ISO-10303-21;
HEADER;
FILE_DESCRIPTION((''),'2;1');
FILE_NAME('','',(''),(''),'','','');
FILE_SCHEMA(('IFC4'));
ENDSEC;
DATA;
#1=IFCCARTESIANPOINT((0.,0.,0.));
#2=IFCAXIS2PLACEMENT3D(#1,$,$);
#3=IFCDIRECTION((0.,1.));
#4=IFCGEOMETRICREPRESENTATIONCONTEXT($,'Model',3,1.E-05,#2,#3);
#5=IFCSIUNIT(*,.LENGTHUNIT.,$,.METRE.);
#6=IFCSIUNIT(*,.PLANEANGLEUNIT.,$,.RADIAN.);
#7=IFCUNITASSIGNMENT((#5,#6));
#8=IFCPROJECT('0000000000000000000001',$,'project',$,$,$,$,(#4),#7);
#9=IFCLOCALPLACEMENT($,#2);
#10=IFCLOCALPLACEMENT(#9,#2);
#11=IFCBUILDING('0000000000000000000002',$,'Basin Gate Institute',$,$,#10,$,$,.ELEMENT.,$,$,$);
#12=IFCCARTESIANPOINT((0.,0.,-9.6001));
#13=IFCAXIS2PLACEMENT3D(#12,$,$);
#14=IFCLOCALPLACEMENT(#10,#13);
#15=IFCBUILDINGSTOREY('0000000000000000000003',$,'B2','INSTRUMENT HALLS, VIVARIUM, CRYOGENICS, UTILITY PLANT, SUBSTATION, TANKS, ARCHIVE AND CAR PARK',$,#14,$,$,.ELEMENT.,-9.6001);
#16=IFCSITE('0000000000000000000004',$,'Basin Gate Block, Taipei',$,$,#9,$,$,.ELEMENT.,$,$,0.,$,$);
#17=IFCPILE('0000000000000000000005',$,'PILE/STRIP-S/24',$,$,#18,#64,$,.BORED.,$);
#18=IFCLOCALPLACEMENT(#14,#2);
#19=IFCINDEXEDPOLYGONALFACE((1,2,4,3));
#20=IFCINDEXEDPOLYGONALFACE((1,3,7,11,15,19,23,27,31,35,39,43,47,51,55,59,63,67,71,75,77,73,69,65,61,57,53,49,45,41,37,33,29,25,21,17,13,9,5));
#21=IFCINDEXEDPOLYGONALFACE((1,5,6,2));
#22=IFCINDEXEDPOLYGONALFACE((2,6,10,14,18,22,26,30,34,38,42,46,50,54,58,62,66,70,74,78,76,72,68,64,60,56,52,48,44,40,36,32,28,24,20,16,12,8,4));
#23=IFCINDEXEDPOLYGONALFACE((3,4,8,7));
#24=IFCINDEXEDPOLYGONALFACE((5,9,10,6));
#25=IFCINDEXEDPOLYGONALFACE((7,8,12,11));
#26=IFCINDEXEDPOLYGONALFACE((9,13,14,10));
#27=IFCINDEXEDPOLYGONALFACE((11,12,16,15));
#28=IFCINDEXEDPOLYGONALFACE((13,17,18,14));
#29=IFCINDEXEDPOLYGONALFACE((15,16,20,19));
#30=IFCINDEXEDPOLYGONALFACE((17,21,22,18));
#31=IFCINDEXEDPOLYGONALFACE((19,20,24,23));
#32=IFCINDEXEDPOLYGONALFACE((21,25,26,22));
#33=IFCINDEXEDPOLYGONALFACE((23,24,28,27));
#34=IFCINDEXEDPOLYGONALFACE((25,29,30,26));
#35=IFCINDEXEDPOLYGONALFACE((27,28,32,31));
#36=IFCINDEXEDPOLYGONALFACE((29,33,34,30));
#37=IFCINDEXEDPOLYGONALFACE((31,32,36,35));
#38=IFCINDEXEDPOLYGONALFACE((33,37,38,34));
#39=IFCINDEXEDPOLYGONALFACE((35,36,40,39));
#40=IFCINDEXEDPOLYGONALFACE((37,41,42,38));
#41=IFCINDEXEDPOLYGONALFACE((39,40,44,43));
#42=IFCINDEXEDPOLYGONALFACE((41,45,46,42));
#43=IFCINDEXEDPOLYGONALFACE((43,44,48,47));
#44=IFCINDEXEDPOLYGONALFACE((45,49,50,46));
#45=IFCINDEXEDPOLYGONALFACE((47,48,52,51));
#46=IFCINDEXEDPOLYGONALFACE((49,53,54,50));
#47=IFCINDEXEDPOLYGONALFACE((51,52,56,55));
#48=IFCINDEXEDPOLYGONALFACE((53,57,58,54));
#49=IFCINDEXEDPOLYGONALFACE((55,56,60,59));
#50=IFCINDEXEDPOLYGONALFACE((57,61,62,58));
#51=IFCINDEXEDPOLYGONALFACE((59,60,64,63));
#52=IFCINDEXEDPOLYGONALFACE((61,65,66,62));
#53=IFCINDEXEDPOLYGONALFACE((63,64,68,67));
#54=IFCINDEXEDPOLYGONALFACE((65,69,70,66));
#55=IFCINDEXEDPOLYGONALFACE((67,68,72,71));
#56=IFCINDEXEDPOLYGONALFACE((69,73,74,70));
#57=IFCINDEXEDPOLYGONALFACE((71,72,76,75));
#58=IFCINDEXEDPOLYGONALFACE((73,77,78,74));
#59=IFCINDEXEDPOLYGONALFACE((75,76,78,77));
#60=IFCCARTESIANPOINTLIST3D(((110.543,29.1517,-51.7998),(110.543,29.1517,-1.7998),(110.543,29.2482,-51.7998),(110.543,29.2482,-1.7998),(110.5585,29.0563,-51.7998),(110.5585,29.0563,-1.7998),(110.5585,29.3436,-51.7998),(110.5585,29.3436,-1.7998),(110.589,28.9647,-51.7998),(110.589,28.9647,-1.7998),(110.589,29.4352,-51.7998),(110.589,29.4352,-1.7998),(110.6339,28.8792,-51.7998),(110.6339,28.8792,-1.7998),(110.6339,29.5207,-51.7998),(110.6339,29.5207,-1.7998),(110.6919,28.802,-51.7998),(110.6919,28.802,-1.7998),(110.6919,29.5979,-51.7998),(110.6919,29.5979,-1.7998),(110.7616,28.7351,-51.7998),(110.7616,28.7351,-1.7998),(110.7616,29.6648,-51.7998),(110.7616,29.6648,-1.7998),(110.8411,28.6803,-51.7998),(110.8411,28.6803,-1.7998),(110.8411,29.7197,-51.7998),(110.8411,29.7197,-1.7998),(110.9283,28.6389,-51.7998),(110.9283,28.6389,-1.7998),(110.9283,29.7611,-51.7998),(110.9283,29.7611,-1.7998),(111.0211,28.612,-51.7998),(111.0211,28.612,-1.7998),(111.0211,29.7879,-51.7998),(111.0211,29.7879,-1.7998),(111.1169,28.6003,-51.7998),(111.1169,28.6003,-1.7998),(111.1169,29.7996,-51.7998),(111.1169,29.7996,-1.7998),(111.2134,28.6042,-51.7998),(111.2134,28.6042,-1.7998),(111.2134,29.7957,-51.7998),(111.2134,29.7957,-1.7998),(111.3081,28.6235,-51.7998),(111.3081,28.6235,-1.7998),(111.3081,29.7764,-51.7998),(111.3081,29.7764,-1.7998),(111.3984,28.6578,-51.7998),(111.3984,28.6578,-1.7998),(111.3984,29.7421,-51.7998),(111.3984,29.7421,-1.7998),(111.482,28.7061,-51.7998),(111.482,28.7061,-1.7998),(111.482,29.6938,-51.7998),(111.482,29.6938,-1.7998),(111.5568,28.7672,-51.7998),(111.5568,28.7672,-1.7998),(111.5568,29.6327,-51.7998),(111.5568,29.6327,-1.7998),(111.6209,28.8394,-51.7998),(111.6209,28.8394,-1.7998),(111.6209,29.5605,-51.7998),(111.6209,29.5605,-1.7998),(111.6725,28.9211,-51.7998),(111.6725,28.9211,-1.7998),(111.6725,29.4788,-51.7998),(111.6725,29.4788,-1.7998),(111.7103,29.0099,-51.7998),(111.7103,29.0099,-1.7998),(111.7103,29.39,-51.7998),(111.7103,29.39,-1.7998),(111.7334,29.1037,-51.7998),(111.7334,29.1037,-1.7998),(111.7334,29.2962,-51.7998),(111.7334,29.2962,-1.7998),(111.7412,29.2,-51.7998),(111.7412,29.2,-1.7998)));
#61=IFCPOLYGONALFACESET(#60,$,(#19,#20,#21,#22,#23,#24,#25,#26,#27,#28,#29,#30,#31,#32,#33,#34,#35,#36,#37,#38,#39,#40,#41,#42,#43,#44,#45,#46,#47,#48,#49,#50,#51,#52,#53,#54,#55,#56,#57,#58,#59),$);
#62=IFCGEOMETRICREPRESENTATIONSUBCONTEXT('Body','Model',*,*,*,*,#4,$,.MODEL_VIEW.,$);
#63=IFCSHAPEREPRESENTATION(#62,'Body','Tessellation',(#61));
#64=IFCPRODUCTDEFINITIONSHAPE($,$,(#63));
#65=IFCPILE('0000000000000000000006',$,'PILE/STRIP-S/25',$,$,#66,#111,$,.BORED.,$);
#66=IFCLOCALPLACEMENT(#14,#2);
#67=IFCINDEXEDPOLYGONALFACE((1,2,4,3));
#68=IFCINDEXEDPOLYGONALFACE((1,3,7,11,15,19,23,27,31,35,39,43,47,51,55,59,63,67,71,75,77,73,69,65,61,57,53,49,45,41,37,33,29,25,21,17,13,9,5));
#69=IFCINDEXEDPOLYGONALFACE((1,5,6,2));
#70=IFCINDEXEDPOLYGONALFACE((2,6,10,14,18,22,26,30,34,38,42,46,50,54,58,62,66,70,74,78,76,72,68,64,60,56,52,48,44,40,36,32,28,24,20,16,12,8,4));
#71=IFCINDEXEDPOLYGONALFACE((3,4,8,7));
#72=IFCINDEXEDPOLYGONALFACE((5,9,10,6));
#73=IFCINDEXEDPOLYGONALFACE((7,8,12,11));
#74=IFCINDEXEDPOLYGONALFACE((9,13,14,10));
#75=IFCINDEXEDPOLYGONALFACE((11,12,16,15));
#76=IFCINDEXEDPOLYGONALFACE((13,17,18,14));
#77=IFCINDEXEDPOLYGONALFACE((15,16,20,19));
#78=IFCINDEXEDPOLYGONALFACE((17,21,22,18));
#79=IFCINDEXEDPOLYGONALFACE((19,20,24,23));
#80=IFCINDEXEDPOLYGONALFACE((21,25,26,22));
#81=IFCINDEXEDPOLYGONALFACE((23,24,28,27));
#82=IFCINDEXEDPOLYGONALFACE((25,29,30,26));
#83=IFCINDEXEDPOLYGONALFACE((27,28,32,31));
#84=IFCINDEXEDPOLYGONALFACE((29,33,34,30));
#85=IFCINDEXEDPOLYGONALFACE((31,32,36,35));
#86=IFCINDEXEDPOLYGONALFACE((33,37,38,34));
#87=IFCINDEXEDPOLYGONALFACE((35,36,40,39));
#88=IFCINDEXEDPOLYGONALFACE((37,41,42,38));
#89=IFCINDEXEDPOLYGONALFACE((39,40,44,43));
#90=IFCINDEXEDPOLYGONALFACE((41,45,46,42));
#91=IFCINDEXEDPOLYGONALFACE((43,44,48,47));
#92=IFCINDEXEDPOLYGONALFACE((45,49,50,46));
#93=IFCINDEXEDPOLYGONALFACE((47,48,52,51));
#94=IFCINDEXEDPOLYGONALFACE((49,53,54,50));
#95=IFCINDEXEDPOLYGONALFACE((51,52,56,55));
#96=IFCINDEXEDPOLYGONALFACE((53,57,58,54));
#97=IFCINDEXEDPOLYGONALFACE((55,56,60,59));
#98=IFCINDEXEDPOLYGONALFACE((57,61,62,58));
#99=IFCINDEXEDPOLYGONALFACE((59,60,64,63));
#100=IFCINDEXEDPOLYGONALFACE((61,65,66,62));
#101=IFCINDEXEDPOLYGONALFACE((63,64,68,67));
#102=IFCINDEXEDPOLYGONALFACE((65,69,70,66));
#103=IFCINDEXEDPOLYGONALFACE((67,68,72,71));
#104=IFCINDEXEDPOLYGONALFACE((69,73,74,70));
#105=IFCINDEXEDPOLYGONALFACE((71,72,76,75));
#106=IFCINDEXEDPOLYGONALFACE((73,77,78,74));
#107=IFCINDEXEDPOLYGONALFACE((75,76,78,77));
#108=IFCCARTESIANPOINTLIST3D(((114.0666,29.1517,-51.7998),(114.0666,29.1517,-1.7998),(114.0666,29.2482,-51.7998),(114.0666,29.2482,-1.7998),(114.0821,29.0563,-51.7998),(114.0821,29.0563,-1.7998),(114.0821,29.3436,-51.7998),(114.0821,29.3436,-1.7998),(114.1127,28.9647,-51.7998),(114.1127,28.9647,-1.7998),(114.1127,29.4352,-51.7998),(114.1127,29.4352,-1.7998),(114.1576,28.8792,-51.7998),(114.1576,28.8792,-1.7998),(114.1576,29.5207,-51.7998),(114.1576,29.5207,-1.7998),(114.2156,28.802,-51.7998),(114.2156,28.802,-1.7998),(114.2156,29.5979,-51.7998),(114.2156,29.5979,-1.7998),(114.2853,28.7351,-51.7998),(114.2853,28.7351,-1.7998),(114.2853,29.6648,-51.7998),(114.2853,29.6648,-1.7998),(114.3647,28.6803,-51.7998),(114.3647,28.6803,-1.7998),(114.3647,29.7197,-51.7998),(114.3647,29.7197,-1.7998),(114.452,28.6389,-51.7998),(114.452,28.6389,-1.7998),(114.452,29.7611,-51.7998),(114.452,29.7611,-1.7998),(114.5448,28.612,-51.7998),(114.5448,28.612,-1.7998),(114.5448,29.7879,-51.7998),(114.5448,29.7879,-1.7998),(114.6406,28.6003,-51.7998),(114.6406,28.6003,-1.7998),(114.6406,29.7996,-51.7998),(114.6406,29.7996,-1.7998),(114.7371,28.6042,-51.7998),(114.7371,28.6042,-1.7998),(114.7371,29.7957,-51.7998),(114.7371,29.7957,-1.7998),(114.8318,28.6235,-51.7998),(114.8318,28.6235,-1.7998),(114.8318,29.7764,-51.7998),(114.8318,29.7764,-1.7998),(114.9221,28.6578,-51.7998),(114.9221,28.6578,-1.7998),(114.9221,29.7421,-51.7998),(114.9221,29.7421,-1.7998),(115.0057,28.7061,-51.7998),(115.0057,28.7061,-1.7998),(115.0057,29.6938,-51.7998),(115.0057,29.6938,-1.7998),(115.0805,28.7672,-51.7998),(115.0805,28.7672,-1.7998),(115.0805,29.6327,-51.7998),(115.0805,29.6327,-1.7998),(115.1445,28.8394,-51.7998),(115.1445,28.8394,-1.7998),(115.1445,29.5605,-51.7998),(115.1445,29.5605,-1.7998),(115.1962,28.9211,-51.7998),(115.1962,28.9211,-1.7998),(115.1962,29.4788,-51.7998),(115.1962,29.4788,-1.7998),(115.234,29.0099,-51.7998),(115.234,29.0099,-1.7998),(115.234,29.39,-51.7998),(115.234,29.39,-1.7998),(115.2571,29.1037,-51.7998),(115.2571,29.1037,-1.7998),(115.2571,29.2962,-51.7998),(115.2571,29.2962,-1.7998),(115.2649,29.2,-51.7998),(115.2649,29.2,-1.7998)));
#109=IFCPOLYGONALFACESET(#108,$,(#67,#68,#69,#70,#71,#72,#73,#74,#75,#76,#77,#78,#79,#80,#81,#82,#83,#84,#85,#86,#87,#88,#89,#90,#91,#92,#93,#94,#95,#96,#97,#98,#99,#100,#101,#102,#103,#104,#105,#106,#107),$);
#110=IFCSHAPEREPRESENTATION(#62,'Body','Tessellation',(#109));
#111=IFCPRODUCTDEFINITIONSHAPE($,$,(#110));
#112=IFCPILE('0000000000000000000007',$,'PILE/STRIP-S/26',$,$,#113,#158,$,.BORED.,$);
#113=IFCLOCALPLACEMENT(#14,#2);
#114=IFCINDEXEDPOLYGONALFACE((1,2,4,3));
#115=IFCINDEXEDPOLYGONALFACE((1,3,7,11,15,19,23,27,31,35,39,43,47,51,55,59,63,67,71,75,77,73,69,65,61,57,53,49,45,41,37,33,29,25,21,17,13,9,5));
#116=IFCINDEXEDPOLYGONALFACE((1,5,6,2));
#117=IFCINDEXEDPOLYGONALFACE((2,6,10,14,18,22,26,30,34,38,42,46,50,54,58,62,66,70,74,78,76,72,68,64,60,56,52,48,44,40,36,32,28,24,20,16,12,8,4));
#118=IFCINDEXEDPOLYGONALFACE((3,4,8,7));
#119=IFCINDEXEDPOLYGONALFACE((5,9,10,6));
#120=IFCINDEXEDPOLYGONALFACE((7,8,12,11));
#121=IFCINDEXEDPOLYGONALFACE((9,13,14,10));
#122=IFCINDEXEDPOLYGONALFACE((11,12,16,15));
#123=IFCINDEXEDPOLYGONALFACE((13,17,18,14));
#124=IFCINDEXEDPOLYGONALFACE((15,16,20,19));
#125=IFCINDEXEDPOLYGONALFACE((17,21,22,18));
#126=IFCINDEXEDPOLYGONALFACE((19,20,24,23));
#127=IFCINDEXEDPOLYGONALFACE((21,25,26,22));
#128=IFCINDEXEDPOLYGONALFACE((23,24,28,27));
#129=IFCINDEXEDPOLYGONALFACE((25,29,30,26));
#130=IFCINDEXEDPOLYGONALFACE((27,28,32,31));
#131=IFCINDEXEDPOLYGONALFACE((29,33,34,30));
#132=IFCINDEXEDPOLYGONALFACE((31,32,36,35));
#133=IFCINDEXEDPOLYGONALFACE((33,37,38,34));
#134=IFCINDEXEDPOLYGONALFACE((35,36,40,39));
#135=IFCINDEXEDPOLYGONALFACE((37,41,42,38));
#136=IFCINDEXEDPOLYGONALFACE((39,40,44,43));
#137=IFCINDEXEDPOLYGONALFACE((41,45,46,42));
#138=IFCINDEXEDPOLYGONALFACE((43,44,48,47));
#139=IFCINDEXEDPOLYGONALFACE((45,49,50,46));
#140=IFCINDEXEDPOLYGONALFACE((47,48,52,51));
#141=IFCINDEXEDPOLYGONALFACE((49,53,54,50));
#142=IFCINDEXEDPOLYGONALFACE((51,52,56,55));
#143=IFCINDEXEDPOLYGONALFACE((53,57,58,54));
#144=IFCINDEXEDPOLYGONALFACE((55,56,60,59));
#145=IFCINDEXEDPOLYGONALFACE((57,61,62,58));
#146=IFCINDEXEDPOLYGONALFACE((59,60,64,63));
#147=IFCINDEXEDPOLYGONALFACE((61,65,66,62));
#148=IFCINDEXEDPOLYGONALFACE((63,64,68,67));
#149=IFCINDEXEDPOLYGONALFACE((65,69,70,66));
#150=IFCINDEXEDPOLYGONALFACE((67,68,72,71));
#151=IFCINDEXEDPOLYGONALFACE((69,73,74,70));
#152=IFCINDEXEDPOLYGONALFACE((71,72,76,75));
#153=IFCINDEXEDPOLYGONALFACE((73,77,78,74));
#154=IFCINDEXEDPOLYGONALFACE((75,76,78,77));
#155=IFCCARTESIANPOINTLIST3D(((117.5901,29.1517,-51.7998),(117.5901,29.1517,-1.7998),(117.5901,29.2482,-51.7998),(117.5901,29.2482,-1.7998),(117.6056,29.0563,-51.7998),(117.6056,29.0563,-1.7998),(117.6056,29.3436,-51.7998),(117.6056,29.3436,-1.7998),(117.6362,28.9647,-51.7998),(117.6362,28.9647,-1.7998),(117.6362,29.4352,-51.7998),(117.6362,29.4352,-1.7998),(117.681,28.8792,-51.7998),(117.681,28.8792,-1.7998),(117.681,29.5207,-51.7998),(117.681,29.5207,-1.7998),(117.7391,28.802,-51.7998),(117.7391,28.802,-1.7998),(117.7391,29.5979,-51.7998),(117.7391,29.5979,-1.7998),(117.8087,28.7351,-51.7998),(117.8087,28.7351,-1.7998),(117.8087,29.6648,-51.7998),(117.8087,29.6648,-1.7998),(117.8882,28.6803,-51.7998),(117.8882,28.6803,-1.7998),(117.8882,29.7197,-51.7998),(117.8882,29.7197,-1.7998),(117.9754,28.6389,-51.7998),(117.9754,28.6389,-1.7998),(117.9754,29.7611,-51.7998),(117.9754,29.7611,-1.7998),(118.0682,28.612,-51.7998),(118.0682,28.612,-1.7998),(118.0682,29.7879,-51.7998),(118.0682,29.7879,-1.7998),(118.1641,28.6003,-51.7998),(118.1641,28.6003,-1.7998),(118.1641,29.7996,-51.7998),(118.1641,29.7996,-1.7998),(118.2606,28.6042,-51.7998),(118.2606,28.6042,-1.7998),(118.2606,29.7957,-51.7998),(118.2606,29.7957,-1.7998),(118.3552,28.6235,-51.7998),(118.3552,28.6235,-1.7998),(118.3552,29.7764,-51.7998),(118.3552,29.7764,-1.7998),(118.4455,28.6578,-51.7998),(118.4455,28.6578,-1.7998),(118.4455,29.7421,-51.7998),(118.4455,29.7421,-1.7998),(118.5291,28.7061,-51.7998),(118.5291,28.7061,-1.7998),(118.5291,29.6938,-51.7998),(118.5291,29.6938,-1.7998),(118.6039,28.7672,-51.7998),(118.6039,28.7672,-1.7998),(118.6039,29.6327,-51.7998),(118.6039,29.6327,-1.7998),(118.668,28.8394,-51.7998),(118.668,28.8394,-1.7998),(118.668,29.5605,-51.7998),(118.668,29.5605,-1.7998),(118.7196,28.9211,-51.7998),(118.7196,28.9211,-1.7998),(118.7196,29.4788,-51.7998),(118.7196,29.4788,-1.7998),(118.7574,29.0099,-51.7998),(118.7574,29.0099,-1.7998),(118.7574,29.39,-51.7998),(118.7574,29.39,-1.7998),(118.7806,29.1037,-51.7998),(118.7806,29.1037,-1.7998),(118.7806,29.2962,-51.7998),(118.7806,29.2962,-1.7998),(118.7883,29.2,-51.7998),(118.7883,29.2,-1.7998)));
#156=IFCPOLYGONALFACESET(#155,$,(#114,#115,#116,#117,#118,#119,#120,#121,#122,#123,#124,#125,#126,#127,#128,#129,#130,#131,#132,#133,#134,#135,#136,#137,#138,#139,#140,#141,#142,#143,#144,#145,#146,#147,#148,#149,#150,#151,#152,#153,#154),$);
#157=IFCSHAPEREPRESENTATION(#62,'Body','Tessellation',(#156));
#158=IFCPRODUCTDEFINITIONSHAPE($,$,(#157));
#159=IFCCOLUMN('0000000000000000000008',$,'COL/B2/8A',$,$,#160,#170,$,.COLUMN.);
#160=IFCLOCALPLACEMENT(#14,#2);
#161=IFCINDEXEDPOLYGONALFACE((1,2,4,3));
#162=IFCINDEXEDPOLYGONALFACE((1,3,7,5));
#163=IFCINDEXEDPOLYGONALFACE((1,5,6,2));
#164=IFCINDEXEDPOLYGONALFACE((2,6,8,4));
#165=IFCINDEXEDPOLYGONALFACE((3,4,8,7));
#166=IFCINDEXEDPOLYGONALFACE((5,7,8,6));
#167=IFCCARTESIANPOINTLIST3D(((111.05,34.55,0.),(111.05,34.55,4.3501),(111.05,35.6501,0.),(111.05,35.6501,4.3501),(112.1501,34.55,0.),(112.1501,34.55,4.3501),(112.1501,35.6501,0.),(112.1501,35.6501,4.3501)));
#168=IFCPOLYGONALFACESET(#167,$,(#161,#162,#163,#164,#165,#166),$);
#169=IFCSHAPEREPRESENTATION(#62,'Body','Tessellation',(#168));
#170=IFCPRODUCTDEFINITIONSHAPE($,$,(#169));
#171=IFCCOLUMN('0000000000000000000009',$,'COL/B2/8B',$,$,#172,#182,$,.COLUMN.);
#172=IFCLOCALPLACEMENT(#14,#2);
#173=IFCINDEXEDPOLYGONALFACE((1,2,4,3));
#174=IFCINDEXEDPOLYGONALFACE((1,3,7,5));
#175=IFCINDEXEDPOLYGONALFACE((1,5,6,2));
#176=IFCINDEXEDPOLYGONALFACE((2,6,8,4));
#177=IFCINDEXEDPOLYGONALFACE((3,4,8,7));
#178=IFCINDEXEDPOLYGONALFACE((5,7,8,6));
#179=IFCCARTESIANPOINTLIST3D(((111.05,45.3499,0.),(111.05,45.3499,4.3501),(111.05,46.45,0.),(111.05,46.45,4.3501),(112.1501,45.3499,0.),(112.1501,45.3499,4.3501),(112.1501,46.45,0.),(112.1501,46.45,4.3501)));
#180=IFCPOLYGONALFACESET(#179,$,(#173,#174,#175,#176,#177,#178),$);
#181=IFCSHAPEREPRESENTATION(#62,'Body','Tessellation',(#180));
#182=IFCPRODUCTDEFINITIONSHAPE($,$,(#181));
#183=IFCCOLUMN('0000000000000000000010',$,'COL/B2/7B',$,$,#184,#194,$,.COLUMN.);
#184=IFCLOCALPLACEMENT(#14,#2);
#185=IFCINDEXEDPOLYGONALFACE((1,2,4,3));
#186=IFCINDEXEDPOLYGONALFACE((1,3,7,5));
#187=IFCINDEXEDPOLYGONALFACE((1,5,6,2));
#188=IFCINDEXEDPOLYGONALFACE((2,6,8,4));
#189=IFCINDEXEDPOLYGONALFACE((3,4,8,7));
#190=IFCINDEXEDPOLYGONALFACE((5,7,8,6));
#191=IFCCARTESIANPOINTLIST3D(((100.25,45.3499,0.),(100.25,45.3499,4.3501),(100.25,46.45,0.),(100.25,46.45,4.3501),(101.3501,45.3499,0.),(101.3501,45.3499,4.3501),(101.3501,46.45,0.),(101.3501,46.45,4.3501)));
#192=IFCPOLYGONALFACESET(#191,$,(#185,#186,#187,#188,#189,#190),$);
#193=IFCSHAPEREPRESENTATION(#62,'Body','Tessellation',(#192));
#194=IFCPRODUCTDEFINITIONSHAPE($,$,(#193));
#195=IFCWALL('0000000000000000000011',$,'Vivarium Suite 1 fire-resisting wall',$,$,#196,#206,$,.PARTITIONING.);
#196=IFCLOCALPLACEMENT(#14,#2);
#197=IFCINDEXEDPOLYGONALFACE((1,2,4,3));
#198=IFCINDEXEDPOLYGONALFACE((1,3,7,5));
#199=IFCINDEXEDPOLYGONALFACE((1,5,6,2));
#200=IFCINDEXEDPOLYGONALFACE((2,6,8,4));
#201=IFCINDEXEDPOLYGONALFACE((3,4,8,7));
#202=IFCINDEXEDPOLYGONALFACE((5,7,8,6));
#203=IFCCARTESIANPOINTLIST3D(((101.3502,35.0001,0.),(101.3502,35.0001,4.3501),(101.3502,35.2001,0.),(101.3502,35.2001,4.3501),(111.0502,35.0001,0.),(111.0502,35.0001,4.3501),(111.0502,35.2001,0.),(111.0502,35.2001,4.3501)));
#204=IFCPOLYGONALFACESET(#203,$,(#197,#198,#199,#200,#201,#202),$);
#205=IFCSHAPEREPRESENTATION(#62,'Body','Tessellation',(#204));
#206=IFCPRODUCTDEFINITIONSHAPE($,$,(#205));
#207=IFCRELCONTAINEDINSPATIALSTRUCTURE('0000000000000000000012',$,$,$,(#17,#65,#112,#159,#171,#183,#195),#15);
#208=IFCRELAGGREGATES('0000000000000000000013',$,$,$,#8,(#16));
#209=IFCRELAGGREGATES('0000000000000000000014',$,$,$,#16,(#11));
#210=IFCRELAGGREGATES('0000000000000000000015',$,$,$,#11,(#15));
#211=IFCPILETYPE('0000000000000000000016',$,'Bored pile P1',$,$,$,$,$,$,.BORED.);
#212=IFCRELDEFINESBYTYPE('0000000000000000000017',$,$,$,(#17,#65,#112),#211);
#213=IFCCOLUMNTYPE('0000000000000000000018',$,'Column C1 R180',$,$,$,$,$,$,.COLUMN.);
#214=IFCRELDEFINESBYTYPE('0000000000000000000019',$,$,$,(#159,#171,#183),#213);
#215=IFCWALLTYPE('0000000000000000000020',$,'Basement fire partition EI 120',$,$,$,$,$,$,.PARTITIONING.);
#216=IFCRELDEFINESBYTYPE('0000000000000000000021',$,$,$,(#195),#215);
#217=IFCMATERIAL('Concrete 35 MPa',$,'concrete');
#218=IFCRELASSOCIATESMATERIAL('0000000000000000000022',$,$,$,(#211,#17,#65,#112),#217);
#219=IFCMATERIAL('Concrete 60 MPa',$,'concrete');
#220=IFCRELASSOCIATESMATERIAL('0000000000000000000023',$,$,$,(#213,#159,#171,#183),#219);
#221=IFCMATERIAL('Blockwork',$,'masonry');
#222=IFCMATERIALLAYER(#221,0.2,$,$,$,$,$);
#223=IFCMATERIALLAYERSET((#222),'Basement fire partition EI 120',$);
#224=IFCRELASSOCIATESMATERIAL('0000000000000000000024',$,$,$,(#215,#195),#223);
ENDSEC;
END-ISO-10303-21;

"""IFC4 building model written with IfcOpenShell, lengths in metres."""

from ifc_helpers import new_model, si_unit, direction, frame, frame_2d, origin, origin_2d, place, context, subcontext, project, spatial, rectangle, circle, extrude, material, layer, layer_set, material_profile, profile_set, type_object, element, save


model = new_model("IFC4")

# Units and contexts
model_context = context("Model", 3, precision=1e-05, world=origin(), true_north=direction((0.0, 1.0)))
body_context = subcontext(model_context, "Body", "Model", "MODEL_VIEW")
ifc_project = project(units=[si_unit("LENGTHUNIT", "METRE"), si_unit("PLANEANGLEUNIT", "RADIAN")], contexts=[model_context])

# Site, building, storey
site_placement = place(None, origin())
site = spatial("IfcSite", under=ifc_project, at=site_placement, Name="Basin Gate Block, Taipei", CompositionType="ELEMENT", RefElevation=0.0)
building_placement = place(site_placement, origin())
building = spatial("IfcBuilding", under=site, at=building_placement, Name="Basin Gate Institute", CompositionType="ELEMENT")
storey_placement = place(building_placement, frame((0.0, 0.0, -9.6001)))
storey = spatial("IfcBuildingStorey", under=building, at=storey_placement, Name="B2", Description="INSTRUMENT HALLS, VIVARIUM, CRYOGENICS, UTILITY PLANT, SUBSTATION, TANKS, ARCHIVE AND CAR PARK", CompositionType="ELEMENT", Elevation=-9.6001)

# Piles
ifc_material_1 = material(Name="Concrete 35 MPa", Category="concrete")
ifc_material_profile_1 = material_profile(ifc_material_1, circle(Radius=0.6001, at=origin_2d()), Name="Bored pile P1 1200 dia")
ifc_profile_set_1 = profile_set([ifc_material_profile_1], Name="Concrete 35 MPa")
pile_type = type_object("IfcPileType", Name="Bored pile P1", PredefinedType="BORED", material=ifc_profile_set_1)
for number, where, z_axis, x_axis, name in (
    (1, (111.1411, 29.2, -1.7998), (0.0, 0.0, -1.0), (1.0, 0.0, 0.0), "PILE/STRIP-S/24"),
    (2, (114.6648, 29.2, -1.7998), (0.0, 0.0, -1.0), (1.0, 0.0, 0.0), "PILE/STRIP-S/25"),
    (3, (118.1882, 29.2, -1.7998), (0.0, 0.0, -1.0), (1.0, 0.0, 0.0), "PILE/STRIP-S/26"),
):
    element("IfcPile", number, at=place(storey_placement, frame(where, z_axis=z_axis, x_axis=x_axis)), inside=storey, type_object=pile_type, material=ifc_profile_set_1, Name=name, PredefinedType="BORED", context=body_context, shape_type="SweptSolid", body=[
        extrude(circle(Radius=0.6001, at=origin_2d()), origin(), (0.0, 0.0, 1.0), 50.0),
    ])

# Columns
ifc_material_2 = material(Name="Concrete 60 MPa", Category="concrete")
ifc_material_profile_2 = material_profile(ifc_material_2, rectangle(XDim=1.1001, YDim=1.1001, at=origin_2d()), Name="Column C1 1100 x 1100")
ifc_profile_set_2 = profile_set([ifc_material_profile_2], Name="Concrete 60 MPa")
column_type = type_object("IfcColumnType", Name="Column C1 R180", PredefinedType="COLUMN", material=ifc_profile_set_2)
for number, where, z_axis, x_axis, name in (
    (4, (111.6001, 35.1001, 0.0), (0.0, 0.0, 1.0), (1.0, 0.0, 0.0), "COL/B2/8A"),
    (5, (111.6001, 45.8999, 0.0), (0.0, 0.0, 1.0), (1.0, 0.0, 0.0), "COL/B2/8B"),
    (6, (100.8, 45.8999, 0.0), (0.0, 0.0, 1.0), (1.0, 0.0, 0.0), "COL/B2/7B"),
):
    element("IfcColumn", number, at=place(storey_placement, frame(where, z_axis=z_axis, x_axis=x_axis)), inside=storey, type_object=column_type, material=ifc_profile_set_2, Name=name, PredefinedType="COLUMN", context=body_context, shape_type="SweptSolid", body=[
        extrude(rectangle(XDim=1.1001, YDim=1.1001, at=origin_2d()), origin(), (0.0, 0.0, 1.0), 4.3501),
    ])

# Wall
ifc_material_3 = material(Name="Blockwork", Category="masonry")
ifc_layer_1 = layer(ifc_material_3, 0.2)
ifc_layer_set_1 = layer_set([ifc_layer_1], Name="Basement fire partition EI 120")
wall_type_1 = type_object("IfcWallType", Name="Basement fire partition EI 120", PredefinedType="PARTITIONING", material=ifc_layer_set_1)
wall_1_placement = place(storey_placement, frame((101.3501, 35.1001, 0.0), z_axis=(0.0, 0.0, 1.0), x_axis=(1.0, 0.0, 0.0)))
element("IfcWall", 7, at=wall_1_placement, inside=storey, type_object=wall_type_1, material=ifc_layer_set_1, Name="Vivarium Suite 1 fire-resisting wall", PredefinedType="PARTITIONING", context=body_context, shape_type="SweptSolid", body=[
    extrude(rectangle(XDim=9.7, YDim=0.2, at=frame_2d((4.8501, 0.0))), origin(), (0.0, 0.0, 1.0), 4.3501),
])

save(model, "model.ifc")
